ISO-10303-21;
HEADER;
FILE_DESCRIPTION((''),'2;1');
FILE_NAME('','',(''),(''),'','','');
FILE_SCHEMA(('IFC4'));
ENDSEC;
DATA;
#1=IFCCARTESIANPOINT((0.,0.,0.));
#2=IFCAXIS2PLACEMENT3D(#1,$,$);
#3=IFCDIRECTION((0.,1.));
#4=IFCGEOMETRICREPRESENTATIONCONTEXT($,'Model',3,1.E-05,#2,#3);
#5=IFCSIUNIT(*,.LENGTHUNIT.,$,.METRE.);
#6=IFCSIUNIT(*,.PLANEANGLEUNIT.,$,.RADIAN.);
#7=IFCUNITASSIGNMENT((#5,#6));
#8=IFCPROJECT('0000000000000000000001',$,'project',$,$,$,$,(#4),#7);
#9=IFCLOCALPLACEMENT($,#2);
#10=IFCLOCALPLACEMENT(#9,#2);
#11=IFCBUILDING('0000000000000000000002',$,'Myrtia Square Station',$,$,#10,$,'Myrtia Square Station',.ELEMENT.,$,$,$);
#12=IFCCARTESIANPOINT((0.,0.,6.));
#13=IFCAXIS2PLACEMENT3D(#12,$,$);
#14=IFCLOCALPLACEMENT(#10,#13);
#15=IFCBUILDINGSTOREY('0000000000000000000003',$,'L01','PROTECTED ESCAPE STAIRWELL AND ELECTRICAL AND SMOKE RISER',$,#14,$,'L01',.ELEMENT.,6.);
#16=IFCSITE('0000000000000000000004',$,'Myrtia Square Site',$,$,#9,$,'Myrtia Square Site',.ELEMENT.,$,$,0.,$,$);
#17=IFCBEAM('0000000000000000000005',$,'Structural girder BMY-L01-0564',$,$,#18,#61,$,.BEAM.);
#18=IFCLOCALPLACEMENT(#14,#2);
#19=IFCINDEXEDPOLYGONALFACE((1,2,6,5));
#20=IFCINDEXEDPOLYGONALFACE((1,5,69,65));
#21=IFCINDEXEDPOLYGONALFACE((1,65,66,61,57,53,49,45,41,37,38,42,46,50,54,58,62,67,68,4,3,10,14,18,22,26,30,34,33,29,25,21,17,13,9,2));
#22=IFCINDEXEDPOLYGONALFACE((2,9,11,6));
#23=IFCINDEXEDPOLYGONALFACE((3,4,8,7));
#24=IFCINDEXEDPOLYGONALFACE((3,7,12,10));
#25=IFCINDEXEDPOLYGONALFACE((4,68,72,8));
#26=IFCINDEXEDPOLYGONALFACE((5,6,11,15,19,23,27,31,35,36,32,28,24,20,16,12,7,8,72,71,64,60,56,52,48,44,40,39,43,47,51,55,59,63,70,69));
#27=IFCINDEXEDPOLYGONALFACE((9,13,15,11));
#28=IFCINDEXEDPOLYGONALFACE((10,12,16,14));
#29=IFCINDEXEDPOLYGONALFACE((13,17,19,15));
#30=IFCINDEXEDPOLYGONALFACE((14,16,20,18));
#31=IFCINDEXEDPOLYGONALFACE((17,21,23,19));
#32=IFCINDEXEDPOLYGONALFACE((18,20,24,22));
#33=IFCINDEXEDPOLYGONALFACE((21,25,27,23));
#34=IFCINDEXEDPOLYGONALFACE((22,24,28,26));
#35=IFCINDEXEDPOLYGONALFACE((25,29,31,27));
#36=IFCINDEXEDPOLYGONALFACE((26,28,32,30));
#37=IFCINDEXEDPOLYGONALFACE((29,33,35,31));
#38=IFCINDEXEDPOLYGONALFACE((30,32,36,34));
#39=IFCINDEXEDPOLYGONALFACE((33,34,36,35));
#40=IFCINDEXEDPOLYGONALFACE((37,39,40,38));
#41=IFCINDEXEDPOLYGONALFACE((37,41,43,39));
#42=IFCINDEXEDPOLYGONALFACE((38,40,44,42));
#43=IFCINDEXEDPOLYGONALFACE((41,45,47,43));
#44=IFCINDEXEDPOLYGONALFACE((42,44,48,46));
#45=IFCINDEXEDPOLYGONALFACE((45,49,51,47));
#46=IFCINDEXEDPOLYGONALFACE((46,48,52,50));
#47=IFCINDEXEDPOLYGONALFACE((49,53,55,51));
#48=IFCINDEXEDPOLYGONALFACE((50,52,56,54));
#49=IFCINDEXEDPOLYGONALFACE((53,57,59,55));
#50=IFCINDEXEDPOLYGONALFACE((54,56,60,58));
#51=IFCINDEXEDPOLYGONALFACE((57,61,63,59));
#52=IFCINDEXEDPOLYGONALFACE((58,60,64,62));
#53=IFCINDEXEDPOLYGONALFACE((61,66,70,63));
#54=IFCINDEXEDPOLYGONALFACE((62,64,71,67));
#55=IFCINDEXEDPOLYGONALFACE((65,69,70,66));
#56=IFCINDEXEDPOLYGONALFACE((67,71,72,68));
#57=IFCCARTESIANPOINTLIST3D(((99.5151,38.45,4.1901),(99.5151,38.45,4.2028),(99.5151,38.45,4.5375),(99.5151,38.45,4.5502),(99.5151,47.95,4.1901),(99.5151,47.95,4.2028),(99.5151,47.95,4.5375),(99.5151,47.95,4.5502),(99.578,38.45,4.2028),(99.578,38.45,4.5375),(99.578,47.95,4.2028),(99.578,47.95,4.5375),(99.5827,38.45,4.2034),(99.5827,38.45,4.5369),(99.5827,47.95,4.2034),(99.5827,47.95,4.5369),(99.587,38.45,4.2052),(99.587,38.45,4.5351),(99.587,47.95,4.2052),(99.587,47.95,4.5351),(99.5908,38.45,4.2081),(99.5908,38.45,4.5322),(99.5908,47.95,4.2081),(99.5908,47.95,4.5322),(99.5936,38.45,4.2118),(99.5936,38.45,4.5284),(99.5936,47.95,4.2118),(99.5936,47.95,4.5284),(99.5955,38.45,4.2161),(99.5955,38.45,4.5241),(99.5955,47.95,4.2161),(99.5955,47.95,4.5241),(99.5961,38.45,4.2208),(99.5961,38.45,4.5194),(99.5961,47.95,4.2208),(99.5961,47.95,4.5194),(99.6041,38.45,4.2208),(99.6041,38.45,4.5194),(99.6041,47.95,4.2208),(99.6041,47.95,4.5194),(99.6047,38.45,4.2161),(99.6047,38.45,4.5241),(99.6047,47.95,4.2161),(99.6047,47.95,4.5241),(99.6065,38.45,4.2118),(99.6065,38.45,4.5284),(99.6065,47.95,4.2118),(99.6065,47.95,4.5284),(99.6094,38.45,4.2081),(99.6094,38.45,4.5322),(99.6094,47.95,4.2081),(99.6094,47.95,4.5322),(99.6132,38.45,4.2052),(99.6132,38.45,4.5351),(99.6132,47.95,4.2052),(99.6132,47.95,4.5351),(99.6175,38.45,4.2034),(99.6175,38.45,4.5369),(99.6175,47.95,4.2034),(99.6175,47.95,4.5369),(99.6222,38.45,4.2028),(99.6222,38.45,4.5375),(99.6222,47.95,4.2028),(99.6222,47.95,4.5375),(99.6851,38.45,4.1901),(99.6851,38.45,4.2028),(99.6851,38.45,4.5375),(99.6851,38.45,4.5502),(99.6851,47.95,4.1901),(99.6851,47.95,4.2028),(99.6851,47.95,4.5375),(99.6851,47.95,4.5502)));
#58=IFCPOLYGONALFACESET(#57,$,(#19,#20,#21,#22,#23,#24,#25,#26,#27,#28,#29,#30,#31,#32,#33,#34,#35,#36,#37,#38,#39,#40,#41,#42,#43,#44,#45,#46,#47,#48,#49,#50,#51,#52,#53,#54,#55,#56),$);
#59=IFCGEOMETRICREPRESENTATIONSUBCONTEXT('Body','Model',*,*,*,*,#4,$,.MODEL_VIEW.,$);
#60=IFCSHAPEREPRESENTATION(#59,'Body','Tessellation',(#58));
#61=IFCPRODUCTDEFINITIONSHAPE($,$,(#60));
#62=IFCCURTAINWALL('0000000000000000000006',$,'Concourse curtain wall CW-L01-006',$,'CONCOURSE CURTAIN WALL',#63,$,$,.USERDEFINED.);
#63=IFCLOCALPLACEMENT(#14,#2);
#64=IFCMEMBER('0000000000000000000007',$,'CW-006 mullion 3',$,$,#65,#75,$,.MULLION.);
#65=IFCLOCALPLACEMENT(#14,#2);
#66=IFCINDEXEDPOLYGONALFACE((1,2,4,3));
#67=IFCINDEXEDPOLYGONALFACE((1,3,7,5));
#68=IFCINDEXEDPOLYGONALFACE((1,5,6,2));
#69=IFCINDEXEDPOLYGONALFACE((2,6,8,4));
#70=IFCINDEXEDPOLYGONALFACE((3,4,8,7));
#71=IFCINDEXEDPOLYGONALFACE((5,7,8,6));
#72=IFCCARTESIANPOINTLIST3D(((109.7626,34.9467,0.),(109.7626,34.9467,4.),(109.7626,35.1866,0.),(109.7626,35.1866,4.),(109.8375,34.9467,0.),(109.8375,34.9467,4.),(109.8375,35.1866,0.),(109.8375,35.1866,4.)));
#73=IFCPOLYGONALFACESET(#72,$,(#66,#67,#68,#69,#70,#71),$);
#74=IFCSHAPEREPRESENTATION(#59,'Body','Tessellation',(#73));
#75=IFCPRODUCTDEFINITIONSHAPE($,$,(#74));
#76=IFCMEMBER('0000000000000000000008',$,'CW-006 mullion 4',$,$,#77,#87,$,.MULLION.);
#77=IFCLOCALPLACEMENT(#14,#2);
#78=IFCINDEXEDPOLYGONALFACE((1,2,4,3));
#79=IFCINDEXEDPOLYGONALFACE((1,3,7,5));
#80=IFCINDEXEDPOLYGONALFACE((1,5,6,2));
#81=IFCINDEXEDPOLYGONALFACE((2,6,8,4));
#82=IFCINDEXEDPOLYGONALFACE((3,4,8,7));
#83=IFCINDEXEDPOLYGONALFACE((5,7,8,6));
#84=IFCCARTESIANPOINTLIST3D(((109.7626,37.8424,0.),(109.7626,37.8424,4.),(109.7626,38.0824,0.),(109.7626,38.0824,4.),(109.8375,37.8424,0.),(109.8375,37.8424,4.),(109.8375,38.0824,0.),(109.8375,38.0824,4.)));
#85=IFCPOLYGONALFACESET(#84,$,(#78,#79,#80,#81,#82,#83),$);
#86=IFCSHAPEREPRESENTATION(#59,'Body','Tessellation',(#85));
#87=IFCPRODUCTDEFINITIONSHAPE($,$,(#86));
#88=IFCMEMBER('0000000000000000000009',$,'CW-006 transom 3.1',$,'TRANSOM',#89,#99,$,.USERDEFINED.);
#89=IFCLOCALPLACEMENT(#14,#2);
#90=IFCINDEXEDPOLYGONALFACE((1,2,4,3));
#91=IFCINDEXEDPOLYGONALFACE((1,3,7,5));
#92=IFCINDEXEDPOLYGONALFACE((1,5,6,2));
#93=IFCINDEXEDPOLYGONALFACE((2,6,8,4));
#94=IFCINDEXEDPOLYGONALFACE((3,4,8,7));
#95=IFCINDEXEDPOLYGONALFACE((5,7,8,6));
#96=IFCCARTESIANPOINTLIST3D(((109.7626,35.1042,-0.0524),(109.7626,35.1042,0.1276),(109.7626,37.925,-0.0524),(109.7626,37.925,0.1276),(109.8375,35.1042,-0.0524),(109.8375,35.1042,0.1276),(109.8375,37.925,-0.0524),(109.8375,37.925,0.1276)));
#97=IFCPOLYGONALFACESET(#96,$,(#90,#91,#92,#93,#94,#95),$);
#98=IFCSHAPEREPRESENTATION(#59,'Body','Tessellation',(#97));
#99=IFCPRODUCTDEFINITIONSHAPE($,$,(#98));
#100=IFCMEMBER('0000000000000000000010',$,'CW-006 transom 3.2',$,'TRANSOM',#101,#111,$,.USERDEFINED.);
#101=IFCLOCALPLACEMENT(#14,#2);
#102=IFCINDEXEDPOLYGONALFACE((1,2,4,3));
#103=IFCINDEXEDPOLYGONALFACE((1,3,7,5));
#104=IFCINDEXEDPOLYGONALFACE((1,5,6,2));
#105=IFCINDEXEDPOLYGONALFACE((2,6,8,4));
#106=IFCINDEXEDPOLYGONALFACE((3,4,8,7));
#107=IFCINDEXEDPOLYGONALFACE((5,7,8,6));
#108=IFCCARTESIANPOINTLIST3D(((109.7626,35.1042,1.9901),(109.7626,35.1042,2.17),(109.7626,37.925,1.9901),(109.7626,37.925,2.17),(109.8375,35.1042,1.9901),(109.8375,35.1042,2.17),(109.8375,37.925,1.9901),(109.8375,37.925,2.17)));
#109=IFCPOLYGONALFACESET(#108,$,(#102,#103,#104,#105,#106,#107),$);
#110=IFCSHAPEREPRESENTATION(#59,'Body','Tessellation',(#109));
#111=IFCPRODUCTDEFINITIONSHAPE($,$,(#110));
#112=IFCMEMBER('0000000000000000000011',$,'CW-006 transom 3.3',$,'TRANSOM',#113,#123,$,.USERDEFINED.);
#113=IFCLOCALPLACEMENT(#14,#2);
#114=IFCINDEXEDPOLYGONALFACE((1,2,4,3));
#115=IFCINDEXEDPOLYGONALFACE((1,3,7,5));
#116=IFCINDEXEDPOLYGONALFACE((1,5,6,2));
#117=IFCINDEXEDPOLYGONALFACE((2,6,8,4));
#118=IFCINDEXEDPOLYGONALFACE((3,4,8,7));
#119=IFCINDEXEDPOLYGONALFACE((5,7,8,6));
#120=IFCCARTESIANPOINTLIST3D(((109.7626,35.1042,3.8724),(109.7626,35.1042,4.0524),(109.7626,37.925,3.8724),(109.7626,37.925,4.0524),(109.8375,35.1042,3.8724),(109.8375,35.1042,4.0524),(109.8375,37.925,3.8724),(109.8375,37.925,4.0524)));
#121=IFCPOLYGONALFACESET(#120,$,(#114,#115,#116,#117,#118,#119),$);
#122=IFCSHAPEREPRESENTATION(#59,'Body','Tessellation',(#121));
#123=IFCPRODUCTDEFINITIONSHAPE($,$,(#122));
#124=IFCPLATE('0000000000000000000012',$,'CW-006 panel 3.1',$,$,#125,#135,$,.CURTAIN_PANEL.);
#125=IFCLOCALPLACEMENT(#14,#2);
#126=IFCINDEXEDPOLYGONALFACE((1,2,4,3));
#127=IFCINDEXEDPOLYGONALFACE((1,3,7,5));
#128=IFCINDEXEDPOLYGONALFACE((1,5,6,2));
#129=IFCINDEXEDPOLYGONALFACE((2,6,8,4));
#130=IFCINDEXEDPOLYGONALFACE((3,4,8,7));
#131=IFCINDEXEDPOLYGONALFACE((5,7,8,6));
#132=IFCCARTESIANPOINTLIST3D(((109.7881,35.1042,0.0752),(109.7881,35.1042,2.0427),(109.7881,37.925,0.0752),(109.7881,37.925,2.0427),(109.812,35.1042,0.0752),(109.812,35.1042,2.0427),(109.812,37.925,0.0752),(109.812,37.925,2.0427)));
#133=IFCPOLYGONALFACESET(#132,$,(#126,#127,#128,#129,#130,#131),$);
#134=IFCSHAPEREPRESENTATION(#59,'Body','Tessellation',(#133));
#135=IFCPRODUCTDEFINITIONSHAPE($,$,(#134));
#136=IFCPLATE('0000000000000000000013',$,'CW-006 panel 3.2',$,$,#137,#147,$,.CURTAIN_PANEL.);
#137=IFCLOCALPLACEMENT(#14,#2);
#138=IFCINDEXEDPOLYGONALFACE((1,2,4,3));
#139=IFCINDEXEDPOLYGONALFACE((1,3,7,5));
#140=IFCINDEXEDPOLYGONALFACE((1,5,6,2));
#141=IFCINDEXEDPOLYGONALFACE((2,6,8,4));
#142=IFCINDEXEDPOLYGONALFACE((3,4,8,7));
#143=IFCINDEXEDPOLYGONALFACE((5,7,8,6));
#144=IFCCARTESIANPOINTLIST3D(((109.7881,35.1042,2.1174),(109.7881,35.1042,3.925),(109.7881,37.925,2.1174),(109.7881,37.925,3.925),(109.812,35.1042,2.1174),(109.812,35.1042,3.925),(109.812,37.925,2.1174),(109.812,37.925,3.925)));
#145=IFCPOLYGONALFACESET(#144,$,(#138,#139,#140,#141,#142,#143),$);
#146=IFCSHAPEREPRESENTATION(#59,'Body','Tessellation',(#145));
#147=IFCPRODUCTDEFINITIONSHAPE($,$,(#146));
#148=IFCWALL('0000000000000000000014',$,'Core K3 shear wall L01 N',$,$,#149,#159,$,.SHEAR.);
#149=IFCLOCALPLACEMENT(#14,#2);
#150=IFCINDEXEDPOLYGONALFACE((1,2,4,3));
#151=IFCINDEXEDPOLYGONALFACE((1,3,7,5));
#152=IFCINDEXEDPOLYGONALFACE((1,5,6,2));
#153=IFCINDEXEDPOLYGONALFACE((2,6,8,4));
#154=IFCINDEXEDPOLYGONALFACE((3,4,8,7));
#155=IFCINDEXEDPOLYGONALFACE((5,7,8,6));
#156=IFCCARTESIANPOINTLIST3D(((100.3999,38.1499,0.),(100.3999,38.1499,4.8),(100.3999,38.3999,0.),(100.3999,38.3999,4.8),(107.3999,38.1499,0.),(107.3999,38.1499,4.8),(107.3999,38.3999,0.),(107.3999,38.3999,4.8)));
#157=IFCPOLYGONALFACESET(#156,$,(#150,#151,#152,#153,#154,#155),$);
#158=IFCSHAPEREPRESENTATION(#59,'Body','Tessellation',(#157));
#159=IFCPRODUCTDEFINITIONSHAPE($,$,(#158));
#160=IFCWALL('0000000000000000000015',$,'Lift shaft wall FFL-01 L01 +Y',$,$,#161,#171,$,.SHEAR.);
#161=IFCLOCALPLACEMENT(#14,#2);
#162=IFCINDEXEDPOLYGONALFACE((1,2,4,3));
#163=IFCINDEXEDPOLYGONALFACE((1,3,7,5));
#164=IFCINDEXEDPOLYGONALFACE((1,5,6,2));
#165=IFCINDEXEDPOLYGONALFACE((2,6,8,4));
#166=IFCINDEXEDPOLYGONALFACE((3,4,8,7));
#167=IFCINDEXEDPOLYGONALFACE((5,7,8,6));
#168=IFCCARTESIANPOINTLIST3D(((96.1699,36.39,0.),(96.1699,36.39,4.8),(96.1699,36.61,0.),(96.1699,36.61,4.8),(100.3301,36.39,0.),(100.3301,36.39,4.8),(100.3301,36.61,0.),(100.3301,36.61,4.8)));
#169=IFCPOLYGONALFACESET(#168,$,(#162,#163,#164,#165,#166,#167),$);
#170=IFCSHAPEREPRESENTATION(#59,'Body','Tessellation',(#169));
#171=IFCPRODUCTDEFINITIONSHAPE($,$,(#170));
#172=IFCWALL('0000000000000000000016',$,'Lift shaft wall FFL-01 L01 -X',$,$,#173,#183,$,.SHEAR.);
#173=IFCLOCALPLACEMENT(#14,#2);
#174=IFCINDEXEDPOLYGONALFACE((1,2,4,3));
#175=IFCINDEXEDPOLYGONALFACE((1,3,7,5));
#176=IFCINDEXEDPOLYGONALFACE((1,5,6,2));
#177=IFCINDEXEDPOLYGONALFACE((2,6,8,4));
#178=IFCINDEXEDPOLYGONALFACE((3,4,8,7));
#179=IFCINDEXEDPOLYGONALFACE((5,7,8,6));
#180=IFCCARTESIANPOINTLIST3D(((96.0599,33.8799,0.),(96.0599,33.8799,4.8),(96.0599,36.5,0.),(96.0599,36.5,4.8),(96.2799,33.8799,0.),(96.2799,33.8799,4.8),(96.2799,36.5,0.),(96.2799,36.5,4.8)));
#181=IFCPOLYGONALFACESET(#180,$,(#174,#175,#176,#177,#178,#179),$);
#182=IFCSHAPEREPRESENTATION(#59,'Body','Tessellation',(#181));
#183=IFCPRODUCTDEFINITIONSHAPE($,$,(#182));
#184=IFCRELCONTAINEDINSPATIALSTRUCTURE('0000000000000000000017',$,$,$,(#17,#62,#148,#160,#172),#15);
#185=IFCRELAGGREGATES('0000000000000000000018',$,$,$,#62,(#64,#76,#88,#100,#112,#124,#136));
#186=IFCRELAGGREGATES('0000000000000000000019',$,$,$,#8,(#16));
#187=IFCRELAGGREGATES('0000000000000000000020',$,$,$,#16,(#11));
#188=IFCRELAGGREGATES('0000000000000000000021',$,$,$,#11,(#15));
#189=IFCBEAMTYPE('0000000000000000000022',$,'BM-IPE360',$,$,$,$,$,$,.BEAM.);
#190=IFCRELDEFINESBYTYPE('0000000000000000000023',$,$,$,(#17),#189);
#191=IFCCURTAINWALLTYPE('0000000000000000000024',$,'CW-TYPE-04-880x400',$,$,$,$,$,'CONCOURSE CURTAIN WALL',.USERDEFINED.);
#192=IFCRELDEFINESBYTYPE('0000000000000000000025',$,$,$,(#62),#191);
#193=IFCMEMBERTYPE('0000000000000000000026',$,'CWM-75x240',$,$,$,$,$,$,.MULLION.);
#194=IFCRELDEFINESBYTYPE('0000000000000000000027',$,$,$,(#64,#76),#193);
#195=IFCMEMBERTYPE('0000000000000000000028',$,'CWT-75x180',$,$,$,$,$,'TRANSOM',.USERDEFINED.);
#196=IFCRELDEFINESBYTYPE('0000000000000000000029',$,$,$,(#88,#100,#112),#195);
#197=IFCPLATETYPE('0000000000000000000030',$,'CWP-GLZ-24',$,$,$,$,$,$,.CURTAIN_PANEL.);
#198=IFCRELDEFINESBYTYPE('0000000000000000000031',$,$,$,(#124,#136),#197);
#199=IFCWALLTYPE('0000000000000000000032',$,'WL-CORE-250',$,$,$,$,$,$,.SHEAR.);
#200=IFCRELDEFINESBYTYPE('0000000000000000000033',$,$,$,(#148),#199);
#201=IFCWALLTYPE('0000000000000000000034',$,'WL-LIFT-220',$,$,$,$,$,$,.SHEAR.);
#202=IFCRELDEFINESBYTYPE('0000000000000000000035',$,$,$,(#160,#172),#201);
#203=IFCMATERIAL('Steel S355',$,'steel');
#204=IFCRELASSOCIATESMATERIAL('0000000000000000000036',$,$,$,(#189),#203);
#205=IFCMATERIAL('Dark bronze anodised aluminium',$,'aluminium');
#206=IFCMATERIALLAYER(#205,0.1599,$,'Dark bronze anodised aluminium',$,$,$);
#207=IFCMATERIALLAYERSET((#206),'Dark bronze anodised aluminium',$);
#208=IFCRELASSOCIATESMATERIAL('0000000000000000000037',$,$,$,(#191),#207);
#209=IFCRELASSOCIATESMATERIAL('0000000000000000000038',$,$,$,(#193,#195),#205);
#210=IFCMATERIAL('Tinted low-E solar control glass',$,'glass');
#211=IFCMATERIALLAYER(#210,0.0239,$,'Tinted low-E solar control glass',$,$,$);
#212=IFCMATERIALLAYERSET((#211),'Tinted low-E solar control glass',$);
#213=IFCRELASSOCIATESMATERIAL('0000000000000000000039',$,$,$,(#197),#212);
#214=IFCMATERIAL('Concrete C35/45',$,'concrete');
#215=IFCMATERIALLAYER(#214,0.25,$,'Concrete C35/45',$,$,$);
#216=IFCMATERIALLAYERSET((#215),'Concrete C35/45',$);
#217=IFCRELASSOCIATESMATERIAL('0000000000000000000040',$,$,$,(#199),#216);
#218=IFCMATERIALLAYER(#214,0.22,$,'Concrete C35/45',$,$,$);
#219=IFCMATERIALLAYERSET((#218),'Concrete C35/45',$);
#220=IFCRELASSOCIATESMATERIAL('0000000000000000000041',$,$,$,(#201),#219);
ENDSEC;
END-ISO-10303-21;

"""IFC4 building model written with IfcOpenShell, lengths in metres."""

from ifc_helpers import new_model, si_unit, direction, frame, frame_2d, origin, origin_2d, place, context, subcontext, project, spatial, rectangle, i_section, extrude, material, layer, layer_set, material_profile, profile_set, type_object, element, aggregate, save


model = new_model("IFC4")

# Units and contexts
model_context = context("Model", 3, precision=1e-05, world=origin(), true_north=direction((0.0, 1.0)))
body_context = subcontext(model_context, "Body", "Model", "MODEL_VIEW")
ifc_project = project(units=[si_unit("LENGTHUNIT", "METRE"), si_unit("PLANEANGLEUNIT", "RADIAN")], contexts=[model_context])

# Site, building, storey
site_placement = place(None, origin())
site = spatial("IfcSite", under=ifc_project, at=site_placement, Name="Myrtia Square Site", LongName="Myrtia Square Site", CompositionType="ELEMENT", RefElevation=0.0)
building_placement = place(site_placement, origin())
building = spatial("IfcBuilding", under=site, at=building_placement, Name="Myrtia Square Station", LongName="Myrtia Square Station", CompositionType="ELEMENT")
storey_placement = place(building_placement, frame((0.0, 0.0, 6.0)))
storey = spatial("IfcBuildingStorey", under=building, at=storey_placement, Name="L01", Description="PROTECTED ESCAPE STAIRWELL AND ELECTRICAL AND SMOKE RISER", LongName="L01", CompositionType="ELEMENT", Elevation=6.0)

# Shared definitions
ifc_material_1 = material(Name="Steel S355", Category="steel")

# Beam
ifc_material_profile_1 = material_profile(ifc_material_1, i_section(OverallWidth=0.1699, OverallDepth=0.3601, WebThickness=0.0081, FlangeThickness=0.0127, FilletRadius=0.0181, at=origin_2d()), Name="IPE 360")
ifc_profile_set_1 = profile_set([ifc_material_profile_1], Name="Steel S355")
beam_type_1 = type_object("IfcBeamType", Name="BM-IPE360", PredefinedType="BEAM", material=ifc_profile_set_1)
beam_1_placement = place(storey_placement, frame((99.6001, 38.45, 4.3701), z_axis=(0.0, 1.0, 0.0), x_axis=(-1.0, 0.0, 0.0)))
element("IfcBeam", 1, at=beam_1_placement, inside=storey, type_object=beam_type_1, Name="Structural girder BMY-L01-0564", PredefinedType="BEAM", context=body_context, shape_type="SweptSolid", body=[
    extrude(i_section(OverallWidth=0.1699, OverallDepth=0.3601, WebThickness=0.0081, FlangeThickness=0.0127, FilletRadius=0.0181, at=origin_2d()), origin(), (0.0, 0.0, 1.0), 9.5),
])

# Curtain wall, members, plates
ifc_material_2 = material(Name="Dark bronze anodised aluminium", Category="aluminium")
ifc_layer_1 = layer(ifc_material_2, 0.1599, Name="Dark bronze anodised aluminium")
ifc_layer_set_1 = layer_set([ifc_layer_1], Name="Dark bronze anodised aluminium")
curtain_wall_type = type_object("IfcCurtainWallType", Name="CW-TYPE-04-880x400", ElementType="CONCOURSE CURTAIN WALL", PredefinedType="USERDEFINED", material=ifc_layer_set_1)
curtain_wall_placement = place(storey_placement, origin())
curtain_wall = element("IfcCurtainWall", 2, at=curtain_wall_placement, inside=storey, type_object=curtain_wall_type, Name="Concourse curtain wall CW-L01-006", ObjectType="CONCOURSE CURTAIN WALL", PredefinedType="USERDEFINED")
ifc_material_profile_2 = material_profile(ifc_material_2, rectangle(XDim=0.075, YDim=0.24, at=origin_2d()), Name="ALU-M 75x240")
ifc_profile_set_2 = profile_set([ifc_material_profile_2], Name="Dark bronze anodised aluminium")
member_type_1 = type_object("IfcMemberType", Name="CWM-75x240", PredefinedType="MULLION", material=ifc_profile_set_2)
member_1_placement = place(storey_placement, frame((109.8, 35.0667, 0.0), z_axis=(0.0, 0.0, 1.0), x_axis=(-1.0, 0.0, 0.0)))
member_1 = element("IfcMember", 3, at=member_1_placement, type_object=member_type_1, Name="CW-006 mullion 3", PredefinedType="MULLION", context=body_context, shape_type="SweptSolid", body=[
    extrude(rectangle(XDim=0.075, YDim=0.24, at=origin_2d()), origin(), (0.0, 0.0, 1.0), 4.0),
])
member_2_placement = place(storey_placement, frame((109.8, 37.9624, 0.0), z_axis=(0.0, 0.0, 1.0), x_axis=(-1.0, 0.0, 0.0)))
member_2 = element("IfcMember", 4, at=member_2_placement, type_object=member_type_1, Name="CW-006 mullion 4", PredefinedType="MULLION", context=body_context, shape_type="SweptSolid", body=[
    extrude(rectangle(XDim=0.075, YDim=0.24, at=origin_2d()), origin(), (0.0, 0.0, 1.0), 4.0),
])
ifc_material_profile_3 = material_profile(ifc_material_2, rectangle(XDim=0.075, YDim=0.1799, at=origin_2d()), Name="ALU-T 75x180")
ifc_profile_set_3 = profile_set([ifc_material_profile_3], Name="Dark bronze anodised aluminium")
member_type_2 = type_object("IfcMemberType", Name="CWT-75x180", ElementType="TRANSOM", PredefinedType="USERDEFINED", material=ifc_profile_set_3)
member_3_placement = place(storey_placement, frame((109.8, 35.1042, 0.0376), z_axis=(0.0, 1.0, 0.0), x_axis=(-1.0, 0.0, 0.0)))
member_3 = element("IfcMember", 5, at=member_3_placement, type_object=member_type_2, Name="CW-006 transom 3.1", ObjectType="TRANSOM", PredefinedType="USERDEFINED", context=body_context, shape_type="SweptSolid", body=[
    extrude(rectangle(XDim=0.075, YDim=0.1799, at=origin_2d()), origin(), (0.0, 0.0, 1.0), 2.8208),
])
member_4_placement = place(storey_placement, frame((109.8, 35.1042, 2.0801), z_axis=(0.0, 1.0, 0.0), x_axis=(-1.0, 0.0, 0.0)))
member_4 = element("IfcMember", 6, at=member_4_placement, type_object=member_type_2, Name="CW-006 transom 3.2", ObjectType="TRANSOM", PredefinedType="USERDEFINED", context=body_context, shape_type="SweptSolid", body=[
    extrude(rectangle(XDim=0.075, YDim=0.1799, at=origin_2d()), origin(), (0.0, 0.0, 1.0), 2.8208),
])
member_5_placement = place(storey_placement, frame((109.8, 35.1042, 3.9624), z_axis=(0.0, 1.0, 0.0), x_axis=(-1.0, 0.0, 0.0)))
member_5 = element("IfcMember", 7, at=member_5_placement, type_object=member_type_2, Name="CW-006 transom 3.3", ObjectType="TRANSOM", PredefinedType="USERDEFINED", context=body_context, shape_type="SweptSolid", body=[
    extrude(rectangle(XDim=0.075, YDim=0.1799, at=origin_2d()), origin(), (0.0, 0.0, 1.0), 2.8208),
])
ifc_material_3 = material(Name="Tinted low-E solar control glass", Category="glass")
ifc_layer_2 = layer(ifc_material_3, 0.0239, Name="Tinted low-E solar control glass")
ifc_layer_set_2 = layer_set([ifc_layer_2], Name="Tinted low-E solar control glass")
plate_type = type_object("IfcPlateType", Name="CWP-GLZ-24", PredefinedType="CURTAIN_PANEL", material=ifc_layer_set_2)
plate_1_placement = place(storey_placement, frame((109.8, 36.5146, 0.0752), z_axis=(0.0, 0.0, 1.0), x_axis=(0.0, 1.0, 0.0)))
plate_1 = element("IfcPlate", 8, at=plate_1_placement, type_object=plate_type, Name="CW-006 panel 3.1", PredefinedType="CURTAIN_PANEL", context=body_context, shape_type="SweptSolid", body=[
    extrude(rectangle(XDim=2.8208, YDim=0.0239, at=origin_2d()), origin(), (0.0, 0.0, 1.0), 1.9675),
])
plate_2_placement = place(storey_placement, frame((109.8, 36.5146, 2.1174), z_axis=(0.0, 0.0, 1.0), x_axis=(0.0, 1.0, 0.0)))
plate_2 = element("IfcPlate", 9, at=plate_2_placement, type_object=plate_type, Name="CW-006 panel 3.2", PredefinedType="CURTAIN_PANEL", context=body_context, shape_type="SweptSolid", body=[
    extrude(rectangle(XDim=2.8208, YDim=0.0239, at=origin_2d()), origin(), (0.0, 0.0, 1.0), 1.8076),
])
aggregate(curtain_wall, [member_1, member_2, member_3, member_4, member_5, plate_1, plate_2])

# Walls
ifc_material_4 = material(Name="Concrete C35/45", Category="concrete")
ifc_layer_3 = layer(ifc_material_4, 0.25, Name="Concrete C35/45")
ifc_layer_set_3 = layer_set([ifc_layer_3], Name="Concrete C35/45")
wall_type_1 = type_object("IfcWallType", Name="WL-CORE-250", PredefinedType="SHEAR", material=ifc_layer_set_3)
wall_1_placement = place(storey_placement, frame((100.3999, 38.2749, 0.0), z_axis=(0.0, 0.0, 1.0), x_axis=(1.0, 0.0, 0.0)))
element("IfcWall", 10, at=wall_1_placement, inside=storey, type_object=wall_type_1, Name="Core K3 shear wall L01 N", PredefinedType="SHEAR", context=body_context, shape_type="SweptSolid", body=[
    extrude(rectangle(XDim=7.0, YDim=0.25, at=frame_2d((3.5, 0.0))), origin(), (0.0, 0.0, 1.0), 4.8),
])
ifc_layer_4 = layer(ifc_material_4, 0.22, Name="Concrete C35/45")
ifc_layer_set_4 = layer_set([ifc_layer_4], Name="Concrete C35/45")
wall_type_2 = type_object("IfcWallType", Name="WL-LIFT-220", PredefinedType="SHEAR", material=ifc_layer_set_4)
wall_2_placement = place(storey_placement, frame((96.1699, 36.5, 0.0), z_axis=(0.0, 0.0, 1.0), x_axis=(1.0, 0.0, 0.0)))
element("IfcWall", 11, at=wall_2_placement, inside=storey, type_object=wall_type_2, Name="Lift shaft wall FFL-01 L01 +Y", PredefinedType="SHEAR", context=body_context, shape_type="SweptSolid", body=[
    extrude(rectangle(XDim=4.1602, YDim=0.22, at=frame_2d((2.0801, 0.0))), origin(), (0.0, 0.0, 1.0), 4.8),
])
for number, where, z_axis, x_axis, name in (
    (12, (96.1699, 33.8799, 0.0), (0.0, 0.0, 1.0), (0.0, 1.0, 0.0), "Lift shaft wall FFL-01 L01 -X"),
):
    element("IfcWall", number, at=place(storey_placement, frame(where, z_axis=z_axis, x_axis=x_axis)), inside=storey, type_object=wall_type_2, Name=name, PredefinedType="SHEAR", context=body_context, shape_type="SweptSolid", body=[
        extrude(rectangle(XDim=2.6201, YDim=0.22, at=frame_2d((1.3101, 0.0))), origin(), (0.0, 0.0, 1.0), 4.8),
    ])

save(model, "model.ifc")
